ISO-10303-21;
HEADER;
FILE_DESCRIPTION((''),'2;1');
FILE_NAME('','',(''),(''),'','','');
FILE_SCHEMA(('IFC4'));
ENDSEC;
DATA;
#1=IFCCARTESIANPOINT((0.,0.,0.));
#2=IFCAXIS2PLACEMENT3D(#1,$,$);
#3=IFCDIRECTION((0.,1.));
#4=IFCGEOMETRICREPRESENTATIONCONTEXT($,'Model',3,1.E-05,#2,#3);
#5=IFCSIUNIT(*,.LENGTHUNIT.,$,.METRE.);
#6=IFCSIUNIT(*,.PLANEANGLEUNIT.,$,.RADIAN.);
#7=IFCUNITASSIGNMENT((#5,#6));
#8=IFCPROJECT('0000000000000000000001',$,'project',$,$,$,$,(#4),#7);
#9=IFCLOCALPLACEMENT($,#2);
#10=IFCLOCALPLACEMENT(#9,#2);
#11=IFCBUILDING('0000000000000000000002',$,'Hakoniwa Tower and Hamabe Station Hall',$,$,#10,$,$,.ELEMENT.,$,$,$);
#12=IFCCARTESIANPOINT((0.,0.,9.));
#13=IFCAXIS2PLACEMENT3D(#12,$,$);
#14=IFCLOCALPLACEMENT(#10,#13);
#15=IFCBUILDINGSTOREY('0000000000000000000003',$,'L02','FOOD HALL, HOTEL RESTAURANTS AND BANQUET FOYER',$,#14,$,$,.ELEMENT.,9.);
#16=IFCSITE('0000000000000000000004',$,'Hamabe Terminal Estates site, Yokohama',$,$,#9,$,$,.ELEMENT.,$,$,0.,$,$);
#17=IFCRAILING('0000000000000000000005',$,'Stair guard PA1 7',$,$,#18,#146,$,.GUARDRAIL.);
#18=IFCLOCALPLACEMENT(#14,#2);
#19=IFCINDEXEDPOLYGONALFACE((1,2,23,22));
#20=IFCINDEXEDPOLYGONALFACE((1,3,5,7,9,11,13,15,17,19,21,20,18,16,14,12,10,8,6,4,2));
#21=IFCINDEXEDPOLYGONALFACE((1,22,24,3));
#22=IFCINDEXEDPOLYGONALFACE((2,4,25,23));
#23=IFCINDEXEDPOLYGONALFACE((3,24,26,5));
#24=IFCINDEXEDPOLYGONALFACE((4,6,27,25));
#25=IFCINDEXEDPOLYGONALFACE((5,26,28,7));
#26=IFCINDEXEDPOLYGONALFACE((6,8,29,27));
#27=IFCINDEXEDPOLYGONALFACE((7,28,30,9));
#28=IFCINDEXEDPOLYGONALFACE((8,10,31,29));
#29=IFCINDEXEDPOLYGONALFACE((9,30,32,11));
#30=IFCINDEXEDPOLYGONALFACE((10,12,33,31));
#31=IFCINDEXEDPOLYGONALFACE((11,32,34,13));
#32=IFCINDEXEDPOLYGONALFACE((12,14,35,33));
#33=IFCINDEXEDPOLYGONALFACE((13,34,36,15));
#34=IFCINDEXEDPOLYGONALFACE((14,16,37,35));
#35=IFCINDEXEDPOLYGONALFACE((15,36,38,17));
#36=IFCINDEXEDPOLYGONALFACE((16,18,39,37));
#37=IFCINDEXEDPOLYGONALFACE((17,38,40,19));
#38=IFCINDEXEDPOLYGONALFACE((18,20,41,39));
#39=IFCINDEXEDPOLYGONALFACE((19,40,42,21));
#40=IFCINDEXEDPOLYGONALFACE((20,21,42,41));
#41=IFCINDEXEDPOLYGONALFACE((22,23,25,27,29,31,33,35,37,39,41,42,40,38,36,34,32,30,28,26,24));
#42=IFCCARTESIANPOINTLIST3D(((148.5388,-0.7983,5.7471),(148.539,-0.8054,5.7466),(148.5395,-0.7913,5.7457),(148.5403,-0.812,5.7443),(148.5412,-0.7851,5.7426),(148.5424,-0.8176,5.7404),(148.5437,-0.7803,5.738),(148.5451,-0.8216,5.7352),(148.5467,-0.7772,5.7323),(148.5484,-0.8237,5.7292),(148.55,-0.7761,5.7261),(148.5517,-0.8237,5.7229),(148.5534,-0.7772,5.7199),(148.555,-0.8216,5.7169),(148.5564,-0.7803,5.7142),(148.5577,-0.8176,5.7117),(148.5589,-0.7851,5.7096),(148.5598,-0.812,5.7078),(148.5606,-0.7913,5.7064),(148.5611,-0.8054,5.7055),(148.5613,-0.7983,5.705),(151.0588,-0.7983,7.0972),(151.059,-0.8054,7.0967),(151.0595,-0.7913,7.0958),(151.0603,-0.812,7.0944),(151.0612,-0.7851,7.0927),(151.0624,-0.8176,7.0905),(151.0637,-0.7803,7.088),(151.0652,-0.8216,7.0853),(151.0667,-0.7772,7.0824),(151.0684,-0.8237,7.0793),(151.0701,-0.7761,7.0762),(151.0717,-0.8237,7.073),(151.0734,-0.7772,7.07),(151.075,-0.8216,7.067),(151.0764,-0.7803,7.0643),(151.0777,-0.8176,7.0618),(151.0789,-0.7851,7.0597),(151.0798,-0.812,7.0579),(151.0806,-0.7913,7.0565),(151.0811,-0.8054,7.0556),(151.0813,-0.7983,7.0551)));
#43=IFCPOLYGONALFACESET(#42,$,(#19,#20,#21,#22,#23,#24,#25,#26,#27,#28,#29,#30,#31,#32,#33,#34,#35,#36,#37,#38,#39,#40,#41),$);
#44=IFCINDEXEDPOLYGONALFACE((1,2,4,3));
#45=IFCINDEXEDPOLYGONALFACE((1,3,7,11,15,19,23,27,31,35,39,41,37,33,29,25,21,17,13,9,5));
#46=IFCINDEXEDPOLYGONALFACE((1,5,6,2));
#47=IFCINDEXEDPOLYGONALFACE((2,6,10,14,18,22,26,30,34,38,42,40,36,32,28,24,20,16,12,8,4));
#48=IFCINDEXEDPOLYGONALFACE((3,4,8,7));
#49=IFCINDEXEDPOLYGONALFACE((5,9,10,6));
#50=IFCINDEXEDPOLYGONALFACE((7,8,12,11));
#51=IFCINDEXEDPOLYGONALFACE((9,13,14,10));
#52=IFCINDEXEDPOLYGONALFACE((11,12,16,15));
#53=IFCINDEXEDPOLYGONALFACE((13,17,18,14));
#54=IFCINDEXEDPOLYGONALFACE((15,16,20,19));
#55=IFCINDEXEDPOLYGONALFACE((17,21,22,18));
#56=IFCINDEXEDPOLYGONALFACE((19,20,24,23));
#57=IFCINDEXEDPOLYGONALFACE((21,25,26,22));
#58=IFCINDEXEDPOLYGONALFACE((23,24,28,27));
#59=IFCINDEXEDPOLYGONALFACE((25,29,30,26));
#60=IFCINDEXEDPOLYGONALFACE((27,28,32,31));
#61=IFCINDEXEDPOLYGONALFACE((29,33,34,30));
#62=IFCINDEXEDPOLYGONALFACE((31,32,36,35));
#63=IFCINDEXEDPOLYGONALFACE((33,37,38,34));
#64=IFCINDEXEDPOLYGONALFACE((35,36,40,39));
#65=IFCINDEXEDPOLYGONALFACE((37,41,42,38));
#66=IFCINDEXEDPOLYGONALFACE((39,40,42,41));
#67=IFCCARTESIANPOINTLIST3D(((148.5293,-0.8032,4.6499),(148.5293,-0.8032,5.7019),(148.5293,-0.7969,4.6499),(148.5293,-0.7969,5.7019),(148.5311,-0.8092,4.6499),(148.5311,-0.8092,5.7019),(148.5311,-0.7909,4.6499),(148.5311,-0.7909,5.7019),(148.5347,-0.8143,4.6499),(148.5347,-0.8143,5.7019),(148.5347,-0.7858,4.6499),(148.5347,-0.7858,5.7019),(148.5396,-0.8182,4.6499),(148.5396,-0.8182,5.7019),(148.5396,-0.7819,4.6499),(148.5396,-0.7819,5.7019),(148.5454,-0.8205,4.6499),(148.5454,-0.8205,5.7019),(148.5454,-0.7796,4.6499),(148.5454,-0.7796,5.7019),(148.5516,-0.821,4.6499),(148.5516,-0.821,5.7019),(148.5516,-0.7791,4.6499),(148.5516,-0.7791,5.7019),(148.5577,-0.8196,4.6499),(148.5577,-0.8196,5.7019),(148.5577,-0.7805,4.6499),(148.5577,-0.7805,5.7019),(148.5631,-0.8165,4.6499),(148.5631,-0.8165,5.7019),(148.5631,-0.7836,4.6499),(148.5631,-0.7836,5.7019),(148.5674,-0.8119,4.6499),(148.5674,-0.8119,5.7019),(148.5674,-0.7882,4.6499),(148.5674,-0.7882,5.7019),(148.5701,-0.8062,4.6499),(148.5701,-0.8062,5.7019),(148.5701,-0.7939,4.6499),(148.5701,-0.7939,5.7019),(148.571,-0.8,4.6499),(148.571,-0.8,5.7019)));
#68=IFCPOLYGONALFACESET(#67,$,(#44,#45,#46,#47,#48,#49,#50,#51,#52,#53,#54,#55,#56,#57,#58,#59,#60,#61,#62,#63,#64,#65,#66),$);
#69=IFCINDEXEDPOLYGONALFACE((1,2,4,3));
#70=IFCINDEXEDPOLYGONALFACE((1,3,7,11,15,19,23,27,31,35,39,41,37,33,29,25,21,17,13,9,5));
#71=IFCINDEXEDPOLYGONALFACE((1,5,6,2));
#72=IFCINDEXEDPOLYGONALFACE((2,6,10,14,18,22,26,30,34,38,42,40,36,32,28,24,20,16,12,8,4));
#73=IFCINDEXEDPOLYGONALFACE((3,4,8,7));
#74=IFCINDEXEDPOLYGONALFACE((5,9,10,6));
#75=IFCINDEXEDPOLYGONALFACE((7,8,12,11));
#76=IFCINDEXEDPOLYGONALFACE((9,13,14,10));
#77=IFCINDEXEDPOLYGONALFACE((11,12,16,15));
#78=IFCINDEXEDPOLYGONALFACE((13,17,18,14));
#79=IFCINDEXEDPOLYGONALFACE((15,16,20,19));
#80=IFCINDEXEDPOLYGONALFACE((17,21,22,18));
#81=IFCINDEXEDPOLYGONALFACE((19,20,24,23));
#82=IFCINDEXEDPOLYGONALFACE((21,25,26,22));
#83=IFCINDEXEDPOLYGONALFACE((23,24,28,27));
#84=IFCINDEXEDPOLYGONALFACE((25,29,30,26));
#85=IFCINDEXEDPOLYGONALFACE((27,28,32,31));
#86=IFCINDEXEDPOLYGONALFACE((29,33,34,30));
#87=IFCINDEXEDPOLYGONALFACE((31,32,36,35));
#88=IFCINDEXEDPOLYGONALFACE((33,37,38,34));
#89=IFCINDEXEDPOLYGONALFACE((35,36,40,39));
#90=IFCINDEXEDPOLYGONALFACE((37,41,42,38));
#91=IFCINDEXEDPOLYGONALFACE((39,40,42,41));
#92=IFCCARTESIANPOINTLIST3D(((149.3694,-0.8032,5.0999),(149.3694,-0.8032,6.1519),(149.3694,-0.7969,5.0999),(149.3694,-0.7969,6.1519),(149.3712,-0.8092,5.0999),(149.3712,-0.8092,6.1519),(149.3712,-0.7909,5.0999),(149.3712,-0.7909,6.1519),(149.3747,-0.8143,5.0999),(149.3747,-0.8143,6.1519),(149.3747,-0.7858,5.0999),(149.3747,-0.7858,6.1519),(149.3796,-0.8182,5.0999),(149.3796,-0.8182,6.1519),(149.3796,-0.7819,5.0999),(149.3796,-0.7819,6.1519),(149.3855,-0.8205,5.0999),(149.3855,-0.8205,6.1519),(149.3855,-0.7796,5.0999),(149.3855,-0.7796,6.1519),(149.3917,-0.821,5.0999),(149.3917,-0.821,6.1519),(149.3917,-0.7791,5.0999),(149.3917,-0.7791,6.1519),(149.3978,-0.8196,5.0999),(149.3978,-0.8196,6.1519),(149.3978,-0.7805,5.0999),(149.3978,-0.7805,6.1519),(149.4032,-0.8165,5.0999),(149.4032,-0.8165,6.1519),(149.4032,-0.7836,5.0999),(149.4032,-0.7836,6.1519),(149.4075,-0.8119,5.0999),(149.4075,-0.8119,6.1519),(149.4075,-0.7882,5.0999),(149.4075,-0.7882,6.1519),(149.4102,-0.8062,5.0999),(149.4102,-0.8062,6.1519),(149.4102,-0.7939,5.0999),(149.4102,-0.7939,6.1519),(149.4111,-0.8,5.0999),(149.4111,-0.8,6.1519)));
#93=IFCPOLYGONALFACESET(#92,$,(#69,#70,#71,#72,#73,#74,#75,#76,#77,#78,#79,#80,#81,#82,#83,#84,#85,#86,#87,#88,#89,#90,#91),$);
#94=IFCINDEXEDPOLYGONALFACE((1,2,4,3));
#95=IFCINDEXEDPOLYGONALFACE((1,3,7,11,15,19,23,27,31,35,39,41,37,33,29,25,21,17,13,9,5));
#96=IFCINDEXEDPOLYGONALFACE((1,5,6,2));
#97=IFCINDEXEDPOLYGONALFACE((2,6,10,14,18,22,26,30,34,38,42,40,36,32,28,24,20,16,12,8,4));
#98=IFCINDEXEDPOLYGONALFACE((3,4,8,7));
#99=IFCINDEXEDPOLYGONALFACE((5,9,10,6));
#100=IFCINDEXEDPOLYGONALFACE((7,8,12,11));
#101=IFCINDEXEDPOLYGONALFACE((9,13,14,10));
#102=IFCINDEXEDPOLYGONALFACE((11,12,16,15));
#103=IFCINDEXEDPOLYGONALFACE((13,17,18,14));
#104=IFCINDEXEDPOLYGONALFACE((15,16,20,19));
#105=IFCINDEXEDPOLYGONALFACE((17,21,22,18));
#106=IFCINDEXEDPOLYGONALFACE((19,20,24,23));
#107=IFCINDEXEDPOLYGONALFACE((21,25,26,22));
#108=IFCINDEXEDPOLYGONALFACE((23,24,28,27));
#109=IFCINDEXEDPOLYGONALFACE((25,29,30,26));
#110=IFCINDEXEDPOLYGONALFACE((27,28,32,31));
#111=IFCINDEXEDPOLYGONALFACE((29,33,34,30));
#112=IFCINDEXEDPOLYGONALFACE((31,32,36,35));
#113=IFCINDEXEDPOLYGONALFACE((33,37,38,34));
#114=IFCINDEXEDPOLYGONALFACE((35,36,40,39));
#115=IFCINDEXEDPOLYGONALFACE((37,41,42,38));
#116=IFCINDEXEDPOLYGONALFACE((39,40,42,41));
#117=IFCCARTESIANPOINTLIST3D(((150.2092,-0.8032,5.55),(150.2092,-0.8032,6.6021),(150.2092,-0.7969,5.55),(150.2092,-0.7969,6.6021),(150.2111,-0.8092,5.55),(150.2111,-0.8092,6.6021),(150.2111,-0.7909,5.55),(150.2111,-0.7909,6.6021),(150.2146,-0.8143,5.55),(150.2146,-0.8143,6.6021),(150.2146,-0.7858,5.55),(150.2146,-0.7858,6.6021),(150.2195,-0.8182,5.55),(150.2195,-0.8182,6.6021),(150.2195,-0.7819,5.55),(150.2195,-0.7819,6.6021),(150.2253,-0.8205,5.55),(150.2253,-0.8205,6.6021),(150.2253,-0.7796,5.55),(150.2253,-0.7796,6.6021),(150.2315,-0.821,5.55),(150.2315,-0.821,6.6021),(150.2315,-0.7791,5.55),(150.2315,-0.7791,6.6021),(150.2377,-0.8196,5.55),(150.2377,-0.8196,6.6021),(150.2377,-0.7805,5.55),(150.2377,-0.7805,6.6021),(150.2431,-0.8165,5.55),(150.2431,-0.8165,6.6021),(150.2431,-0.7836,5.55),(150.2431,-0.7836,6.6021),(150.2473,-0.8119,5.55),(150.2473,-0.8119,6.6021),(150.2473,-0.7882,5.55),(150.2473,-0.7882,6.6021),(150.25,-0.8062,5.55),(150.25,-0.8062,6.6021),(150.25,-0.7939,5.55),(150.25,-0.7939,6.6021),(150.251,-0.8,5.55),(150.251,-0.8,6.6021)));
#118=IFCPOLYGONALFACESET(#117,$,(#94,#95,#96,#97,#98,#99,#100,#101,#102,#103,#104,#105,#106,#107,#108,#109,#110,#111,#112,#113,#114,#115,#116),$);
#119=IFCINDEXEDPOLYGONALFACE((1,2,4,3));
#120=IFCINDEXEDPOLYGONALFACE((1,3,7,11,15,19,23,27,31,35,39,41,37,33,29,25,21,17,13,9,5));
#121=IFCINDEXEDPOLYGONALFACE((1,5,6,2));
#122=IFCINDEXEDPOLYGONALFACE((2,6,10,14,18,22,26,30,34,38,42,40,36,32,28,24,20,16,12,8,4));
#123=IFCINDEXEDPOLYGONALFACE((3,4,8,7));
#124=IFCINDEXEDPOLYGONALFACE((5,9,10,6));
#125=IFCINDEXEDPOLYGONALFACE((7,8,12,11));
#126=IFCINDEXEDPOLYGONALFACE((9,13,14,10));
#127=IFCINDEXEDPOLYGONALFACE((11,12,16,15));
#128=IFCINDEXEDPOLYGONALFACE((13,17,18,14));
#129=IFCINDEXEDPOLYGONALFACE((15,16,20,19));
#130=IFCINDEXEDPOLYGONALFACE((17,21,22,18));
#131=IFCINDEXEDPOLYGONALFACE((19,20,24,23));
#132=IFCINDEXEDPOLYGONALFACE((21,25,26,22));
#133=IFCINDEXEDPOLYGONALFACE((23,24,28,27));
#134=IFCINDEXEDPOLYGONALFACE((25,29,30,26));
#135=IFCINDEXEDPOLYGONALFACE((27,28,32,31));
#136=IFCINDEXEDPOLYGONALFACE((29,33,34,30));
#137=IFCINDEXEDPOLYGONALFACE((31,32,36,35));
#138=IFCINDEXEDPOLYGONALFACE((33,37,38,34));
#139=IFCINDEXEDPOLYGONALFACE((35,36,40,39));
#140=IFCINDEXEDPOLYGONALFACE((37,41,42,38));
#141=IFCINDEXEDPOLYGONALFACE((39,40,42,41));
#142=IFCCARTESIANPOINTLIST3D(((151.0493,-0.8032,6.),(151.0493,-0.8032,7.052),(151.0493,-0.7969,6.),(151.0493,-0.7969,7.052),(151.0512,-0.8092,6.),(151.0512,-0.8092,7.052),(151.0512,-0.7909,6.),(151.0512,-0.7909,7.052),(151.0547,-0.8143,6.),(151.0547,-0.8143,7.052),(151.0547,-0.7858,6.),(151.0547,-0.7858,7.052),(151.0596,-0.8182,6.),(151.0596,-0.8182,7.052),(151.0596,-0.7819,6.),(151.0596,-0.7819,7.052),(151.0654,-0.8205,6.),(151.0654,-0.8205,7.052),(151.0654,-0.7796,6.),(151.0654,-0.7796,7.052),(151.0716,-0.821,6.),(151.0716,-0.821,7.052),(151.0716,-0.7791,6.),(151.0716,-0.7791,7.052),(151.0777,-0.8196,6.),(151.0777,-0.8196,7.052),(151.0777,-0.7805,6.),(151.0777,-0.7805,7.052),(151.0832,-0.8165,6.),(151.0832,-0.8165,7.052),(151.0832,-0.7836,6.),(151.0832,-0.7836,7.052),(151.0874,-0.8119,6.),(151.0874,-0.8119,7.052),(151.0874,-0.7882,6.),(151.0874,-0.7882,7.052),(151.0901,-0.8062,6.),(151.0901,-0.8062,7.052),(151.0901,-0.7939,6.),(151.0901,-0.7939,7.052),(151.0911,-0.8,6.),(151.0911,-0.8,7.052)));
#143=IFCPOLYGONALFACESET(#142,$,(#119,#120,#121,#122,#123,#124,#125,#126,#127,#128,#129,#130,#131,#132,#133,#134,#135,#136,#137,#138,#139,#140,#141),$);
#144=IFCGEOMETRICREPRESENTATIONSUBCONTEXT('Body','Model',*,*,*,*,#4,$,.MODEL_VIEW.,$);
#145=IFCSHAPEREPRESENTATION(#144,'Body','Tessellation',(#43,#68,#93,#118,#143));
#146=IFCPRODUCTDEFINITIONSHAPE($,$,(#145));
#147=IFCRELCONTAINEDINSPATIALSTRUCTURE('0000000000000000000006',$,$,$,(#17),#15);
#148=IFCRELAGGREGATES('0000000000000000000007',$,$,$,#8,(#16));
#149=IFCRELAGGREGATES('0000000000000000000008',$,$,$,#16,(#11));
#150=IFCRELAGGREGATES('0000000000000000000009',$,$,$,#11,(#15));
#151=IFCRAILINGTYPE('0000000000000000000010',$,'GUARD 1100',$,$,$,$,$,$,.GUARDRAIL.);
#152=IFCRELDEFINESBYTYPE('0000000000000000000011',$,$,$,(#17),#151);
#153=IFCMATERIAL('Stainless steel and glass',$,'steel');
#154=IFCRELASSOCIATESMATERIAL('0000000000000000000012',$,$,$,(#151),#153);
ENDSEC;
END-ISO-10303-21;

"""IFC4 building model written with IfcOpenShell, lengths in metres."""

from ifc_helpers import new_model, si_unit, direction, frame, origin, origin_2d, place, context, subcontext, project, spatial, circle, extrude, material, type_object, element, save


model = new_model("IFC4")

# Units and contexts
model_context = context("Model", 3, precision=1e-05, world=origin(), true_north=direction((0.0, 1.0)))
body_context = subcontext(model_context, "Body", "Model", "MODEL_VIEW")
ifc_project = project(units=[si_unit("LENGTHUNIT", "METRE"), si_unit("PLANEANGLEUNIT", "RADIAN")], contexts=[model_context])

# Site, building, storey
site_placement = place(None, origin())
site = spatial("IfcSite", under=ifc_project, at=site_placement, Name="Hamabe Terminal Estates site, Yokohama", CompositionType="ELEMENT", RefElevation=0.0)
building_placement = place(site_placement, origin())
building = spatial("IfcBuilding", under=site, at=building_placement, Name="Hakoniwa Tower and Hamabe Station Hall", CompositionType="ELEMENT")
storey_placement = place(building_placement, frame((0.0, 0.0, 9.0)))
storey = spatial("IfcBuildingStorey", under=building, at=storey_placement, Name="L02", Description="FOOD HALL, HOTEL RESTAURANTS AND BANQUET FOYER", CompositionType="ELEMENT", Elevation=9.0)

# Railing
ifc_material_1 = material(Name="Stainless steel and glass", Category="steel")
railing_type_1 = type_object("IfcRailingType", Name="GUARD 1100", PredefinedType="GUARDRAIL", material=ifc_material_1)
railing_1_placement = place(storey_placement, frame((148.55, -0.8, 4.6499)))
element("IfcRailing", 1, at=railing_1_placement, inside=storey, type_object=railing_type_1, Name="Stair guard PA1 7", PredefinedType="GUARDRAIL", context=body_context, shape_type="SweptSolid", body=[
    extrude(circle(Radius=0.0239, at=origin_2d()), frame((0.0, 0.0, 1.0762), z_axis=(0.881467, 0.0, 0.472245), x_axis=(0.0, 1.0, 0.0)), (0.0, 0.0, 1.0), 2.8589),
    extrude(circle(Radius=0.021, at=origin_2d()), origin(), (0.0, 0.0, 1.0), 1.052),
    extrude(circle(Radius=0.021, at=origin_2d()), frame((0.8401, 0.0, 0.45)), (0.0, 0.0, 1.0), 1.052),
    extrude(circle(Radius=0.021, at=origin_2d()), frame((1.6799, 0.0, 0.9001)), (0.0, 0.0, 1.0), 1.052),
    extrude(circle(Radius=0.021, at=origin_2d()), frame((2.52, 0.0, 1.3501)), (0.0, 0.0, 1.0), 1.052),
])

save(model, "model.ifc")
